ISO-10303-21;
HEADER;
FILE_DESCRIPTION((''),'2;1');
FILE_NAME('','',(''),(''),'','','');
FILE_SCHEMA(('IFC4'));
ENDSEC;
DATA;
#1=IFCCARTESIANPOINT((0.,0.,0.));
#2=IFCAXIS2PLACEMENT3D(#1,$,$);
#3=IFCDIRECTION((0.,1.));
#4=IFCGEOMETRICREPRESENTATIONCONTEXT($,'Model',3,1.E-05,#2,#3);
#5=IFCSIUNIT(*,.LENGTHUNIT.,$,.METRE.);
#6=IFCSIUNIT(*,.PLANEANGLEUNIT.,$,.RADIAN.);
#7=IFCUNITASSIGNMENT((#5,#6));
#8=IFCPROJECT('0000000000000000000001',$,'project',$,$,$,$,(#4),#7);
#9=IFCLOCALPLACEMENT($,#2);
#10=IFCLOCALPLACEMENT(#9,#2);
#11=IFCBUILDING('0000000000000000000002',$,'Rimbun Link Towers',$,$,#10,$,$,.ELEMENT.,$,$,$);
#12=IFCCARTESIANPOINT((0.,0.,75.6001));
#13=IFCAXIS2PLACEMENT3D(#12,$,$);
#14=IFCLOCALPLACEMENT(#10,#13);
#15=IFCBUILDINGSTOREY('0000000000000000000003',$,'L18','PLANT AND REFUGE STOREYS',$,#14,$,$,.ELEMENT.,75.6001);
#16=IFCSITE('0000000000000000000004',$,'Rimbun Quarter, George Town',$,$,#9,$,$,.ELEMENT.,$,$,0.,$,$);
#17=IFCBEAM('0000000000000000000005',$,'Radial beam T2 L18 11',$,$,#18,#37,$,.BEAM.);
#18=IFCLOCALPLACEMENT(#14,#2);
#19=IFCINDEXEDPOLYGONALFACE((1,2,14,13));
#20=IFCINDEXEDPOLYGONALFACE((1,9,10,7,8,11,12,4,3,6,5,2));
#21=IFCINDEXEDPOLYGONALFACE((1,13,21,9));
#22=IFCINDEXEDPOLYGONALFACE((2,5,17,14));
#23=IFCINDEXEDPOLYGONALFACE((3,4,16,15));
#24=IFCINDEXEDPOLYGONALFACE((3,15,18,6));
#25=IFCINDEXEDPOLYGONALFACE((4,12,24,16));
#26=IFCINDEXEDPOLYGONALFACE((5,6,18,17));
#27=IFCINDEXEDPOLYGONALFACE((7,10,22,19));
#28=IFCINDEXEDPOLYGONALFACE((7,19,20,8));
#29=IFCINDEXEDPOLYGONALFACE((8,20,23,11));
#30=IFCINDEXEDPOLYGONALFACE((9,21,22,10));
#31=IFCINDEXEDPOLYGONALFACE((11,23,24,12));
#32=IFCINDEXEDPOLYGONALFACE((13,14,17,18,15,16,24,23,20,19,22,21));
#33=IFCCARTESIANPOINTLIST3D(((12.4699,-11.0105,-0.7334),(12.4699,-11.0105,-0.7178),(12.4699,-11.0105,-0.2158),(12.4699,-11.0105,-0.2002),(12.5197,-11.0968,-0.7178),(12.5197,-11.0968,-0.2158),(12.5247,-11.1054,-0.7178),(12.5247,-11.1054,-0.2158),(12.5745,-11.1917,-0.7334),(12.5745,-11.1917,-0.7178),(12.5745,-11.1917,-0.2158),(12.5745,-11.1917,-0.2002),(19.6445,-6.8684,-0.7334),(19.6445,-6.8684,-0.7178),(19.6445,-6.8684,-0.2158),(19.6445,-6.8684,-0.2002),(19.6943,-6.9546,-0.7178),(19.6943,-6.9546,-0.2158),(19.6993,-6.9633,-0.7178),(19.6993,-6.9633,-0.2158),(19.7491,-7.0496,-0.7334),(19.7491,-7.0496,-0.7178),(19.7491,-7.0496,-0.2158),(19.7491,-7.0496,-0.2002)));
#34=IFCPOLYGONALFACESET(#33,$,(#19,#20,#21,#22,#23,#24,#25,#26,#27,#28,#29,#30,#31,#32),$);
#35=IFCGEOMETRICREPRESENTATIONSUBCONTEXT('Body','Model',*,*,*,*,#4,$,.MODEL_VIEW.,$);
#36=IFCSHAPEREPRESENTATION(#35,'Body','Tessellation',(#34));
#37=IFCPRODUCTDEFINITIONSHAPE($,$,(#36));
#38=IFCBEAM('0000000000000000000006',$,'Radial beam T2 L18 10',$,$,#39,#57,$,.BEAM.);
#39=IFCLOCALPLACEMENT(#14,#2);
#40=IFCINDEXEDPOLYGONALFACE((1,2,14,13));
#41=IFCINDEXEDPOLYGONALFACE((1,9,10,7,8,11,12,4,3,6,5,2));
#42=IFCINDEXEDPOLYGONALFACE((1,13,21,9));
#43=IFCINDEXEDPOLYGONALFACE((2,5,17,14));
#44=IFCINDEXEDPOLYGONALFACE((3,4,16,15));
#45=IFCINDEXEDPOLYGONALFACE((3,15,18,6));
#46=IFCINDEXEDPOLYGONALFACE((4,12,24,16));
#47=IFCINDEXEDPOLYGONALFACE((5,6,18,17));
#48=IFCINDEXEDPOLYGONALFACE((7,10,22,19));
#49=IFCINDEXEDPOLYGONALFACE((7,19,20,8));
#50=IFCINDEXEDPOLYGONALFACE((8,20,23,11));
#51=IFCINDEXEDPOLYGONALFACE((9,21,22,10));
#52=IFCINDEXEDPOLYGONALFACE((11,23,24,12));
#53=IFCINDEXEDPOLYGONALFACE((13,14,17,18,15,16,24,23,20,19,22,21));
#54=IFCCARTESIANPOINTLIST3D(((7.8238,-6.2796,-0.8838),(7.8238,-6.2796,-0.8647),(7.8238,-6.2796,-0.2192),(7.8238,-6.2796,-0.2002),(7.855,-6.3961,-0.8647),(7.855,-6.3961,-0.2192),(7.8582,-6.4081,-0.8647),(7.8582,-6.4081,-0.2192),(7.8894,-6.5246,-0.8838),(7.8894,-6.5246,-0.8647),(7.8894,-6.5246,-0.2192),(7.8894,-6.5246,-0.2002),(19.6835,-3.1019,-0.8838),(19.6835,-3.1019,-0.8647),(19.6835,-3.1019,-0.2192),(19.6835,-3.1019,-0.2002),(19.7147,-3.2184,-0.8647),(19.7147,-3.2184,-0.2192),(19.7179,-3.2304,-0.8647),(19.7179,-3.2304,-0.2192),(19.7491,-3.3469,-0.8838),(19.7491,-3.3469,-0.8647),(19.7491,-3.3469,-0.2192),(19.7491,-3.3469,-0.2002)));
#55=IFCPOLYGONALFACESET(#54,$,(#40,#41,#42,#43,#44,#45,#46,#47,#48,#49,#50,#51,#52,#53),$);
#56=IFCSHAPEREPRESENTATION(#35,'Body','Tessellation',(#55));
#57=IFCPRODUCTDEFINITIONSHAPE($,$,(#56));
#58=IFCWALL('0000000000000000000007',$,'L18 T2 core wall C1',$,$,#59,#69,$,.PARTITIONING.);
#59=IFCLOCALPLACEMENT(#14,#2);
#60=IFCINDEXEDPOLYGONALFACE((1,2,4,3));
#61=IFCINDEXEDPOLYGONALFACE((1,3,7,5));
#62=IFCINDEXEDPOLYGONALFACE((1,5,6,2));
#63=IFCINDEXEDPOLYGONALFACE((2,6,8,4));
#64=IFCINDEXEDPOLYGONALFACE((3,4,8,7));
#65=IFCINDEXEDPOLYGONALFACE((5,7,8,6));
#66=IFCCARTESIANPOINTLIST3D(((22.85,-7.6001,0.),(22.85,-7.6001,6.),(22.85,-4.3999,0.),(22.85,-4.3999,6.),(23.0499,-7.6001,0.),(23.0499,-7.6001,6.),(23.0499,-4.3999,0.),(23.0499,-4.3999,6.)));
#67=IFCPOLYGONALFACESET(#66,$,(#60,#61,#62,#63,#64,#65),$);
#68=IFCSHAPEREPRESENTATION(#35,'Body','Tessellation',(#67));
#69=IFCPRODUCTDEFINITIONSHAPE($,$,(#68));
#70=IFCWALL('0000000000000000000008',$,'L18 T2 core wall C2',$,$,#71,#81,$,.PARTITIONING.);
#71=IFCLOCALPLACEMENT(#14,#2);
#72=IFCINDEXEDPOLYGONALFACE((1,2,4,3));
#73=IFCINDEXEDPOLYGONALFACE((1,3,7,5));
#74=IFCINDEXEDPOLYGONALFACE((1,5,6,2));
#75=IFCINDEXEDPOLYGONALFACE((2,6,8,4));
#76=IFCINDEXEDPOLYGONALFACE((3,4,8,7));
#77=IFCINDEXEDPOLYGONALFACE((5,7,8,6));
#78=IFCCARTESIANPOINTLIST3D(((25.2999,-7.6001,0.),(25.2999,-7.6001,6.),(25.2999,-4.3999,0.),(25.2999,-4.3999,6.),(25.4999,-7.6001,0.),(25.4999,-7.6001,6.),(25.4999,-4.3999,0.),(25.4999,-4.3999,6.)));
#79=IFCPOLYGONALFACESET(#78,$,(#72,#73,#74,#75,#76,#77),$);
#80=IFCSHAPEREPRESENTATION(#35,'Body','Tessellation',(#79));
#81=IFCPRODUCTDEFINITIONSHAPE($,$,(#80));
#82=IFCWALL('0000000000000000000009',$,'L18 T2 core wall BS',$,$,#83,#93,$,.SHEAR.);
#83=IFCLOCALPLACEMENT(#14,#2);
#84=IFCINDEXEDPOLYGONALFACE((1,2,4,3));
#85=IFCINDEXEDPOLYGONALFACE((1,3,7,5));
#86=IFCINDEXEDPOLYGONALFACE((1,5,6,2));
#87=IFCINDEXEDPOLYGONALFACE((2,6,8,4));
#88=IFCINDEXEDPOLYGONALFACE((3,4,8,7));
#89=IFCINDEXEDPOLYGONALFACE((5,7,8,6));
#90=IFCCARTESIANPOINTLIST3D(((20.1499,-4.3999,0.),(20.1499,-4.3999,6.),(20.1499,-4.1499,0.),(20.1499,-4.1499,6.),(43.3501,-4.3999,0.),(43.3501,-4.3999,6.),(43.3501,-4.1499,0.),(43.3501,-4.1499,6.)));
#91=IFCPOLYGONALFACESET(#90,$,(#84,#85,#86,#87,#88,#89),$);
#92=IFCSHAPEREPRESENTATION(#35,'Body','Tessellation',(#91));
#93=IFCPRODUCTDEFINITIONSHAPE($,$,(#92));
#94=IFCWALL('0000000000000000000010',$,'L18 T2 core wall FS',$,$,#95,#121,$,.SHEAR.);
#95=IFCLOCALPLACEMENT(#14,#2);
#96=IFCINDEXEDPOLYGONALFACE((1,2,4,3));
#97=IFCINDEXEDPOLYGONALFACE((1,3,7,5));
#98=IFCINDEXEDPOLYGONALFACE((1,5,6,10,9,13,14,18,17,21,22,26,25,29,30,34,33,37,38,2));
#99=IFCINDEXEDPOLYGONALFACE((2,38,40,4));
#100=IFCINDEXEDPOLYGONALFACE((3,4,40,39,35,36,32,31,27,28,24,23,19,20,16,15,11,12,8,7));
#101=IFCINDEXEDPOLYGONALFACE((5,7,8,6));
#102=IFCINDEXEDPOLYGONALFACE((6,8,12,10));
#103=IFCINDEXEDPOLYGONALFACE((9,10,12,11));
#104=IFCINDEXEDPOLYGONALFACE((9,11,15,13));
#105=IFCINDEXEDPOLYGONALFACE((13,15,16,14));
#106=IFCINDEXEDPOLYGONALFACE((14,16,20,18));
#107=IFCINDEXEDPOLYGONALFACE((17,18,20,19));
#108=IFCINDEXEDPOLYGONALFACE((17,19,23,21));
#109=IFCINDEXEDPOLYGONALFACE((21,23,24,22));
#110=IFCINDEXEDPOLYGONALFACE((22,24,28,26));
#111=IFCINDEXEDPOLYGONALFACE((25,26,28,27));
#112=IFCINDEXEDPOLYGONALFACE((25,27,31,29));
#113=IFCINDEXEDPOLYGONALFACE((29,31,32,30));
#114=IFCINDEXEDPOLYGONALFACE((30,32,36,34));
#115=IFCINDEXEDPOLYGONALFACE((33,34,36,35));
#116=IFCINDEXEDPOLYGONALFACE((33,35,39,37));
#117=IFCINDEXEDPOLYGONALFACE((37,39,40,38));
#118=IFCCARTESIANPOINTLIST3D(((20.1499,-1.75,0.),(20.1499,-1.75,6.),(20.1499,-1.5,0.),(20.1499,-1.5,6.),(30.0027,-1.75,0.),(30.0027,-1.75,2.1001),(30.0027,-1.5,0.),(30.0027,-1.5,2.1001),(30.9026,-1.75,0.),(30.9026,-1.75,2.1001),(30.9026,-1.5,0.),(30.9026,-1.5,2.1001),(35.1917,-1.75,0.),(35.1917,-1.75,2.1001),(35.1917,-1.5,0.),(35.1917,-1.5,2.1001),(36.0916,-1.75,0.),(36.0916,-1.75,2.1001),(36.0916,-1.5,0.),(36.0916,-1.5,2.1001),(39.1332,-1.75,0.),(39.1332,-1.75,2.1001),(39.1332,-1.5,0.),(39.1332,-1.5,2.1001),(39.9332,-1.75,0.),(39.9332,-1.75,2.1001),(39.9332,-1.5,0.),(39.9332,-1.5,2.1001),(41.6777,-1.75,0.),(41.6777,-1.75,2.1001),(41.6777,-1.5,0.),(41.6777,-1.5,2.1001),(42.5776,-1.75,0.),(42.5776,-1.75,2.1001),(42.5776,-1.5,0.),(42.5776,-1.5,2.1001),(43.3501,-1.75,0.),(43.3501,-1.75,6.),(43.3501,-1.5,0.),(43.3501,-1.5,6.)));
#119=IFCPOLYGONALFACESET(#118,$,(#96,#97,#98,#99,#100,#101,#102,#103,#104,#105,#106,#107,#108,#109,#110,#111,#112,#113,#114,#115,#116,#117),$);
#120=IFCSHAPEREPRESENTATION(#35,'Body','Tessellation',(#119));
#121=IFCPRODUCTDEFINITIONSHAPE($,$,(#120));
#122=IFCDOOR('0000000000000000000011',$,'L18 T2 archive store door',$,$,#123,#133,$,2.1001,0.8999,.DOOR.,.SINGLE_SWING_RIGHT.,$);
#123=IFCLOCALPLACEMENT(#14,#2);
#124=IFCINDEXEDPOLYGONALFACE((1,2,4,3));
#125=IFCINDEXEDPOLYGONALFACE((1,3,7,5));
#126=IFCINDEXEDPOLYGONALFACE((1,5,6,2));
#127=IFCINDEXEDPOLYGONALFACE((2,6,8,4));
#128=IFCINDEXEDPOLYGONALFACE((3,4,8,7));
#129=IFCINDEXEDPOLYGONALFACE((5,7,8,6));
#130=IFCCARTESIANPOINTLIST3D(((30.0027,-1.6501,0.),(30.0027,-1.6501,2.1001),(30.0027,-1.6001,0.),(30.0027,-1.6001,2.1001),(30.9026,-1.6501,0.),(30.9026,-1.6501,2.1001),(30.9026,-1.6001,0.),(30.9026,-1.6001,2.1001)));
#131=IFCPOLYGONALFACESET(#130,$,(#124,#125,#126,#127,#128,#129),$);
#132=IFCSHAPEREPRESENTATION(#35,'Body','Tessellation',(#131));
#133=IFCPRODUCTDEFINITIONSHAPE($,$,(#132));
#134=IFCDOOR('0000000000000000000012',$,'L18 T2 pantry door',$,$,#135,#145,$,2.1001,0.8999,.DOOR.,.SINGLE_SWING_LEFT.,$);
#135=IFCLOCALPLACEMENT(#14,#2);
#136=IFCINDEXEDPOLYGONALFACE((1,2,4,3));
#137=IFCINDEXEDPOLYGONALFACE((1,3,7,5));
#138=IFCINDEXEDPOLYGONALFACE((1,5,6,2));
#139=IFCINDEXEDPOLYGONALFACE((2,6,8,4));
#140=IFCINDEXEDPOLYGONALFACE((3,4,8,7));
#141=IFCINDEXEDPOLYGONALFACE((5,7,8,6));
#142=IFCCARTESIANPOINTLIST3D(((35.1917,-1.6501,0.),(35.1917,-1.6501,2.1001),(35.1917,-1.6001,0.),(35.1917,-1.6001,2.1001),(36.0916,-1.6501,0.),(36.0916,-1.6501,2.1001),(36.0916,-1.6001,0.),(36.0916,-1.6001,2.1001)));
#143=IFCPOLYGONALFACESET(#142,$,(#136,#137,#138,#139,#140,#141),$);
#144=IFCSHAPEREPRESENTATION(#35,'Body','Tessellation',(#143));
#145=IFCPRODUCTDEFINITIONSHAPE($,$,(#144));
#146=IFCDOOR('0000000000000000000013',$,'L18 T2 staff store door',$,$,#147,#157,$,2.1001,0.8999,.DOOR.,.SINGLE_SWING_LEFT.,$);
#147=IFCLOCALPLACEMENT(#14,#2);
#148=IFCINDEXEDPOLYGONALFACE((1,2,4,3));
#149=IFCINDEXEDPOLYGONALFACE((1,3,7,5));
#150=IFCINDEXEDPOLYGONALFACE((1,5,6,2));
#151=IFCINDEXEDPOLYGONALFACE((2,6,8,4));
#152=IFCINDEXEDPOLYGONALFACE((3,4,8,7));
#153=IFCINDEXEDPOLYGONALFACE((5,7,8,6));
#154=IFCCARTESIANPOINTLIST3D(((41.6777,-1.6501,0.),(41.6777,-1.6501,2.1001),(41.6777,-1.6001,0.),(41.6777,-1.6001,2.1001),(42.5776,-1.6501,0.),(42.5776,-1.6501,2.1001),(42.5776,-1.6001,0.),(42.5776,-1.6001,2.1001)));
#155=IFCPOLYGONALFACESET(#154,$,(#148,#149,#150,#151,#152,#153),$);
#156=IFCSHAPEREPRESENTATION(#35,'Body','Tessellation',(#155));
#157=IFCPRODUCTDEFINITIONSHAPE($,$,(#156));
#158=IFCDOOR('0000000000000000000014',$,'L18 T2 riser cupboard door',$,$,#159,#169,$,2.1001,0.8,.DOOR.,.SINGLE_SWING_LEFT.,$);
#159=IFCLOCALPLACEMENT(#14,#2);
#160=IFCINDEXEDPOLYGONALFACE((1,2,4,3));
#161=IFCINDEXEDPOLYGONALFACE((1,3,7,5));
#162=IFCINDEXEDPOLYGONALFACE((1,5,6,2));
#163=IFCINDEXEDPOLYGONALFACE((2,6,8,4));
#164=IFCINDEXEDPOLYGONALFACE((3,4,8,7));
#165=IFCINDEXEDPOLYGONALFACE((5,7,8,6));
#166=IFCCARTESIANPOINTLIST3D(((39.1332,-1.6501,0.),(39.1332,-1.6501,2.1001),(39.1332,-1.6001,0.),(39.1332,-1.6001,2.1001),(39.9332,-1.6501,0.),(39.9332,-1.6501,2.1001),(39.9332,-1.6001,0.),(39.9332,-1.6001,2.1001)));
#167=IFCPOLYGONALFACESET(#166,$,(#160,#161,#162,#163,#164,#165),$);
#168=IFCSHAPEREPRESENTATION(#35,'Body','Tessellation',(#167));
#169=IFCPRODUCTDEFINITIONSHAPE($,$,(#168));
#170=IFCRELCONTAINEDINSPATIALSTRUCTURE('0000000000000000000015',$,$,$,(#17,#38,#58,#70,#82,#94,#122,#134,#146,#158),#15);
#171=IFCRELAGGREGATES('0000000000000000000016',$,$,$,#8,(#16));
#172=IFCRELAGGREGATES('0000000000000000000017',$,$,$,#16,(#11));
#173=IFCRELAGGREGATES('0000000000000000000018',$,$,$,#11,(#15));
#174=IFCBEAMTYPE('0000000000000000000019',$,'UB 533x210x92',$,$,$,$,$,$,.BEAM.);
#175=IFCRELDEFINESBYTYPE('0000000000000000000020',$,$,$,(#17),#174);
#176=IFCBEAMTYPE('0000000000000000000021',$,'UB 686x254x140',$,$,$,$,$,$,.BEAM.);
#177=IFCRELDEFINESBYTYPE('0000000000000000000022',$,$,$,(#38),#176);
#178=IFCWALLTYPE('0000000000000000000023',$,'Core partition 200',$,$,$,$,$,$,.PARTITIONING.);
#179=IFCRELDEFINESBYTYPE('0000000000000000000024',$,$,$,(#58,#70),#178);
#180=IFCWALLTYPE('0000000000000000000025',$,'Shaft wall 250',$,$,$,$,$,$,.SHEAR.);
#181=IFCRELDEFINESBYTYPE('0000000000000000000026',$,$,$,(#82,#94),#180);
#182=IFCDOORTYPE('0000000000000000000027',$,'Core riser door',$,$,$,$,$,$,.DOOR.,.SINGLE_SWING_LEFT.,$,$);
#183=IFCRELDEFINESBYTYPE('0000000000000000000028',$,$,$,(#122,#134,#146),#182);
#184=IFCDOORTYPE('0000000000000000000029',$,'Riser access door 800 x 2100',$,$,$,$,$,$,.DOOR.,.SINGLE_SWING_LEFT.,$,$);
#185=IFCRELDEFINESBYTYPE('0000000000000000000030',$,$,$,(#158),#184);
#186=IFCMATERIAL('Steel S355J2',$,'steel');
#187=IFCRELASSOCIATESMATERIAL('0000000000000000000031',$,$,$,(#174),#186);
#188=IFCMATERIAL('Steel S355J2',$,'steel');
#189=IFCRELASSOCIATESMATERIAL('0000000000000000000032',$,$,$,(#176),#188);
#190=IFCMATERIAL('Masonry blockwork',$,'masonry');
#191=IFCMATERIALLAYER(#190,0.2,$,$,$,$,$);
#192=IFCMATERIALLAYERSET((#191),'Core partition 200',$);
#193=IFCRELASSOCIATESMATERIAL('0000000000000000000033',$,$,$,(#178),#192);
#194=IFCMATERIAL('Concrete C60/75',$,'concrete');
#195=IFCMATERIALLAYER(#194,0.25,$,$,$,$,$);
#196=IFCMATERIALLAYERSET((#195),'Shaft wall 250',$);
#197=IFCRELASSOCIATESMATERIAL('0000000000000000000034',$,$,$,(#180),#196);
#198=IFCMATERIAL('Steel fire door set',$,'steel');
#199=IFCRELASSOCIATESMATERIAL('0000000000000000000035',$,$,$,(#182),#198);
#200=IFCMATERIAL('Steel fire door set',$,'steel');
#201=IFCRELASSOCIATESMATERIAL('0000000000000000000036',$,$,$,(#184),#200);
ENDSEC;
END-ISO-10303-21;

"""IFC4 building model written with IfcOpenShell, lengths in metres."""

from ifc_helpers import new_model, si_unit, direction, frame, frame_2d, origin, origin_2d, place, context, subcontext, project, spatial, rectangle, i_section, extrude, material, layer, layer_set, material_profile, profile_set, type_object, element, fill, save


model = new_model("IFC4")

# Units and contexts
model_context = context("Model", 3, precision=1e-05, world=origin(), true_north=direction((0.0, 1.0)))
body_context = subcontext(model_context, "Body", "Model", "MODEL_VIEW")
ifc_project = project(units=[si_unit("LENGTHUNIT", "METRE"), si_unit("PLANEANGLEUNIT", "RADIAN")], contexts=[model_context])

# Site, building, storey
site_placement = place(None, origin())
site = spatial("IfcSite", under=ifc_project, at=site_placement, Name="Rimbun Quarter, George Town", CompositionType="ELEMENT", RefElevation=0.0)
building_placement = place(site_placement, origin())
building = spatial("IfcBuilding", under=site, at=building_placement, Name="Rimbun Link Towers", CompositionType="ELEMENT")
storey_placement = place(building_placement, frame((0.0, 0.0, 75.6001)))
storey = spatial("IfcBuildingStorey", under=building, at=storey_placement, Name="L18", Description="PLANT AND REFUGE STOREYS", CompositionType="ELEMENT", Elevation=75.6001)

# Beams
ifc_material_1 = material(Name="Steel S355J2", Category="steel")
ifc_material_profile_1 = material_profile(ifc_material_1, i_section(OverallWidth=0.2092, OverallDepth=0.5332, WebThickness=0.01, FlangeThickness=0.0156, at=origin_2d()), Name="UB 533x210x92")
ifc_profile_set_1 = profile_set([ifc_material_profile_1], Name="Steel S355J2")
beam_type_1 = type_object("IfcBeamType", Name="UB 533x210x92", PredefinedType="BEAM", material=ifc_profile_set_1)
beam_1_placement = place(storey_placement, frame((19.6968, -6.959, -0.4668), z_axis=(-0.866033, -0.499987, 0.0), x_axis=(0.499987, -0.866033, 0.0)))
element("IfcBeam", 1, at=beam_1_placement, inside=storey, type_object=beam_type_1, Name="Radial beam T2 L18 11", PredefinedType="BEAM", context=body_context, shape_type="SweptSolid", body=[
    extrude(i_section(OverallWidth=0.2092, OverallDepth=0.5332, WebThickness=0.01, FlangeThickness=0.0156, at=origin_2d()), origin(), (0.0, 0.0, 1.0), 8.2844),
])
ifc_material_2 = material(Name="Steel S355J2", Category="steel")
ifc_material_profile_2 = material_profile(ifc_material_2, i_section(OverallWidth=0.2537, OverallDepth=0.6836, WebThickness=0.0125, FlangeThickness=0.019, at=origin_2d()), Name="UB 686x254x140")
ifc_profile_set_2 = profile_set([ifc_material_profile_2], Name="Steel S355J2")
beam_type_2 = type_object("IfcBeamType", Name="UB 686x254x140", PredefinedType="BEAM", material=ifc_profile_set_2)
beam_2_placement = place(storey_placement, frame((19.7163, -3.2244, -0.542), z_axis=(-0.965927, -0.258816, 0.0), x_axis=(0.258816, -0.965927, 0.0)))
element("IfcBeam", 2, at=beam_2_placement, inside=storey, type_object=beam_type_2, Name="Radial beam T2 L18 10", PredefinedType="BEAM", context=body_context, shape_type="SweptSolid", body=[
    extrude(i_section(OverallWidth=0.2537, OverallDepth=0.6836, WebThickness=0.0125, FlangeThickness=0.019, at=origin_2d()), origin(), (0.0, 0.0, 1.0), 12.2781),
])

# Walls
ifc_material_3 = material(Name="Masonry blockwork", Category="masonry")
ifc_layer_1 = layer(ifc_material_3, 0.2)
ifc_layer_set_1 = layer_set([ifc_layer_1], Name="Core partition 200")
wall_type_1 = type_object("IfcWallType", Name="Core partition 200", PredefinedType="PARTITIONING", material=ifc_layer_set_1)
for number, where, z_axis, x_axis, name in (
    (3, (22.95, -4.3999, 0.0), (0.0, 0.0, 1.0), (0.0, -1.0, 0.0), "L18 T2 core wall C1"),
    (4, (25.3999, -4.3999, 0.0), (0.0, 0.0, 1.0), (0.0, -1.0, 0.0), "L18 T2 core wall C2"),
):
    element("IfcWall", number, at=place(storey_placement, frame(where, z_axis=z_axis, x_axis=x_axis)), inside=storey, type_object=wall_type_1, Name=name, PredefinedType="PARTITIONING", context=body_context, shape_type="SweptSolid", body=[
        extrude(rectangle(XDim=3.2002, YDim=0.2, at=frame_2d((1.6001, 0.0))), origin(), (0.0, 0.0, 1.0), 6.0),
    ])
ifc_material_4 = material(Name="Concrete C60/75", Category="concrete")
ifc_layer_2 = layer(ifc_material_4, 0.25)
ifc_layer_set_2 = layer_set([ifc_layer_2], Name="Shaft wall 250")
wall_type_2 = type_object("IfcWallType", Name="Shaft wall 250", PredefinedType="SHEAR", material=ifc_layer_set_2)
wall_1_placement = place(storey_placement, frame((20.1499, -4.2749, 0.0), z_axis=(0.0, 0.0, 1.0), x_axis=(1.0, 0.0, 0.0)))
element("IfcWall", 5, at=wall_1_placement, inside=storey, type_object=wall_type_2, Name="L18 T2 core wall BS", PredefinedType="SHEAR", context=body_context, shape_type="SweptSolid", body=[
    extrude(rectangle(XDim=23.2002, YDim=0.25, at=frame_2d((11.6001, 0.0))), origin(), (0.0, 0.0, 1.0), 6.0),
])

# Wall, openings, doors
wall_2_placement = place(storey_placement, frame((20.1499, -1.625, 0.0), z_axis=(0.0, 0.0, 1.0), x_axis=(1.0, 0.0, 0.0)))
wall_2 = element("IfcWall", 6, at=wall_2_placement, inside=storey, type_object=wall_type_2, Name="L18 T2 core wall FS", PredefinedType="SHEAR", context=body_context, shape_type="SweptSolid", body=[
    extrude(rectangle(XDim=23.2002, YDim=0.25, at=frame_2d((11.6001, 0.0))), origin(), (0.0, 0.0, 1.0), 6.0),
])
opening_1_placement = place(wall_2_placement, frame((9.8528, 0.0, 0.0)))
opening_1 = element("IfcOpeningElement", 7, at=opening_1_placement, cuts=wall_2, PredefinedType="OPENING", context=body_context, shape_type="SweptSolid", body=[
    extrude(rectangle(XDim=0.8999, YDim=2.1001, at=frame_2d((0.45, 1.05))), frame((0.0, 0.135, 0.0), z_axis=(0.0, -1.0, 0.0), x_axis=(1.0, 0.0, 0.0)), (0.0, 0.0, 1.0), 0.27),
])
opening_2_placement = place(wall_2_placement, frame((15.0417, 0.0, 0.0)))
opening_2 = element("IfcOpeningElement", 8, at=opening_2_placement, cuts=wall_2, PredefinedType="OPENING", context=body_context, shape_type="SweptSolid", body=[
    extrude(rectangle(XDim=0.8999, YDim=2.1001, at=frame_2d((0.45, 1.05))), frame((0.0, 0.135, 0.0), z_axis=(0.0, -1.0, 0.0), x_axis=(1.0, 0.0, 0.0)), (0.0, 0.0, 1.0), 0.27),
])
opening_3_placement = place(wall_2_placement, frame((18.9834, 0.0, 0.0)))
opening_3 = element("IfcOpeningElement", 9, at=opening_3_placement, cuts=wall_2, PredefinedType="OPENING", context=body_context, shape_type="SweptSolid", body=[
    extrude(rectangle(XDim=0.8, YDim=2.1001, at=frame_2d((0.3999, 1.05))), frame((0.0, 0.135, 0.0), z_axis=(0.0, -1.0, 0.0), x_axis=(1.0, 0.0, 0.0)), (0.0, 0.0, 1.0), 0.27),
])
opening_4_placement = place(wall_2_placement, frame((21.5278, 0.0, 0.0)))
opening_4 = element("IfcOpeningElement", 10, at=opening_4_placement, cuts=wall_2, PredefinedType="OPENING", context=body_context, shape_type="SweptSolid", body=[
    extrude(rectangle(XDim=0.8999, YDim=2.1001, at=frame_2d((0.45, 1.05))), frame((0.0, 0.135, 0.0), z_axis=(0.0, -1.0, 0.0), x_axis=(1.0, 0.0, 0.0)), (0.0, 0.0, 1.0), 0.27),
])
ifc_material_5 = material(Name="Steel fire door set", Category="steel")
door_type_1 = type_object("IfcDoorType", Name="Core riser door", OperationType="SINGLE_SWING_LEFT", PredefinedType="DOOR", material=ifc_material_5)
door_1_placement = place(opening_1_placement, origin())
door_1 = element("IfcDoor", 11, at=door_1_placement, inside=storey, type_object=door_type_1, Name="L18 T2 archive store door", OperationType="SINGLE_SWING_RIGHT", OverallHeight=2.1001, OverallWidth=0.8999, PredefinedType="DOOR", context=body_context, shape_type="SweptSolid", body=[
    extrude(rectangle(XDim=0.8999, YDim=2.1001, at=frame_2d((0.45, 1.05))), frame((0.0, 0.0249, 0.0), z_axis=(0.0, -1.0, 0.0), x_axis=(1.0, 0.0, 0.0)), (0.0, 0.0, 1.0), 0.05),
])
fill(opening_1, door_1)
door_2_placement = place(opening_2_placement, origin())
door_2 = element("IfcDoor", 12, at=door_2_placement, inside=storey, type_object=door_type_1, Name="L18 T2 pantry door", OperationType="SINGLE_SWING_LEFT", OverallHeight=2.1001, OverallWidth=0.8999, PredefinedType="DOOR", context=body_context, shape_type="SweptSolid", body=[
    extrude(rectangle(XDim=0.8999, YDim=2.1001, at=frame_2d((0.45, 1.05))), frame((0.0, 0.0249, 0.0), z_axis=(0.0, -1.0, 0.0), x_axis=(1.0, 0.0, 0.0)), (0.0, 0.0, 1.0), 0.05),
])
fill(opening_2, door_2)
door_3_placement = place(opening_4_placement, origin())
door_3 = element("IfcDoor", 13, at=door_3_placement, inside=storey, type_object=door_type_1, Name="L18 T2 staff store door", OperationType="SINGLE_SWING_LEFT", OverallHeight=2.1001, OverallWidth=0.8999, PredefinedType="DOOR", context=body_context, shape_type="SweptSolid", body=[
    extrude(rectangle(XDim=0.8999, YDim=2.1001, at=frame_2d((0.45, 1.05))), frame((0.0, 0.0249, 0.0), z_axis=(0.0, -1.0, 0.0), x_axis=(1.0, 0.0, 0.0)), (0.0, 0.0, 1.0), 0.05),
])
fill(opening_4, door_3)
ifc_material_6 = material(Name="Steel fire door set", Category="steel")
door_type_2 = type_object("IfcDoorType", Name="Riser access door 800 x 2100", OperationType="SINGLE_SWING_LEFT", PredefinedType="DOOR", material=ifc_material_6)
door_4_placement = place(opening_3_placement, origin())
door_4 = element("IfcDoor", 14, at=door_4_placement, inside=storey, type_object=door_type_2, Name="L18 T2 riser cupboard door", OperationType="SINGLE_SWING_LEFT", OverallHeight=2.1001, OverallWidth=0.8, PredefinedType="DOOR", context=body_context, shape_type="SweptSolid", body=[
    extrude(rectangle(XDim=0.8, YDim=2.1001, at=frame_2d((0.3999, 1.05))), frame((0.0, 0.0249, 0.0), z_axis=(0.0, -1.0, 0.0), x_axis=(1.0, 0.0, 0.0)), (0.0, 0.0, 1.0), 0.05),
])
fill(opening_3, door_4)

save(model, "model.ifc")
